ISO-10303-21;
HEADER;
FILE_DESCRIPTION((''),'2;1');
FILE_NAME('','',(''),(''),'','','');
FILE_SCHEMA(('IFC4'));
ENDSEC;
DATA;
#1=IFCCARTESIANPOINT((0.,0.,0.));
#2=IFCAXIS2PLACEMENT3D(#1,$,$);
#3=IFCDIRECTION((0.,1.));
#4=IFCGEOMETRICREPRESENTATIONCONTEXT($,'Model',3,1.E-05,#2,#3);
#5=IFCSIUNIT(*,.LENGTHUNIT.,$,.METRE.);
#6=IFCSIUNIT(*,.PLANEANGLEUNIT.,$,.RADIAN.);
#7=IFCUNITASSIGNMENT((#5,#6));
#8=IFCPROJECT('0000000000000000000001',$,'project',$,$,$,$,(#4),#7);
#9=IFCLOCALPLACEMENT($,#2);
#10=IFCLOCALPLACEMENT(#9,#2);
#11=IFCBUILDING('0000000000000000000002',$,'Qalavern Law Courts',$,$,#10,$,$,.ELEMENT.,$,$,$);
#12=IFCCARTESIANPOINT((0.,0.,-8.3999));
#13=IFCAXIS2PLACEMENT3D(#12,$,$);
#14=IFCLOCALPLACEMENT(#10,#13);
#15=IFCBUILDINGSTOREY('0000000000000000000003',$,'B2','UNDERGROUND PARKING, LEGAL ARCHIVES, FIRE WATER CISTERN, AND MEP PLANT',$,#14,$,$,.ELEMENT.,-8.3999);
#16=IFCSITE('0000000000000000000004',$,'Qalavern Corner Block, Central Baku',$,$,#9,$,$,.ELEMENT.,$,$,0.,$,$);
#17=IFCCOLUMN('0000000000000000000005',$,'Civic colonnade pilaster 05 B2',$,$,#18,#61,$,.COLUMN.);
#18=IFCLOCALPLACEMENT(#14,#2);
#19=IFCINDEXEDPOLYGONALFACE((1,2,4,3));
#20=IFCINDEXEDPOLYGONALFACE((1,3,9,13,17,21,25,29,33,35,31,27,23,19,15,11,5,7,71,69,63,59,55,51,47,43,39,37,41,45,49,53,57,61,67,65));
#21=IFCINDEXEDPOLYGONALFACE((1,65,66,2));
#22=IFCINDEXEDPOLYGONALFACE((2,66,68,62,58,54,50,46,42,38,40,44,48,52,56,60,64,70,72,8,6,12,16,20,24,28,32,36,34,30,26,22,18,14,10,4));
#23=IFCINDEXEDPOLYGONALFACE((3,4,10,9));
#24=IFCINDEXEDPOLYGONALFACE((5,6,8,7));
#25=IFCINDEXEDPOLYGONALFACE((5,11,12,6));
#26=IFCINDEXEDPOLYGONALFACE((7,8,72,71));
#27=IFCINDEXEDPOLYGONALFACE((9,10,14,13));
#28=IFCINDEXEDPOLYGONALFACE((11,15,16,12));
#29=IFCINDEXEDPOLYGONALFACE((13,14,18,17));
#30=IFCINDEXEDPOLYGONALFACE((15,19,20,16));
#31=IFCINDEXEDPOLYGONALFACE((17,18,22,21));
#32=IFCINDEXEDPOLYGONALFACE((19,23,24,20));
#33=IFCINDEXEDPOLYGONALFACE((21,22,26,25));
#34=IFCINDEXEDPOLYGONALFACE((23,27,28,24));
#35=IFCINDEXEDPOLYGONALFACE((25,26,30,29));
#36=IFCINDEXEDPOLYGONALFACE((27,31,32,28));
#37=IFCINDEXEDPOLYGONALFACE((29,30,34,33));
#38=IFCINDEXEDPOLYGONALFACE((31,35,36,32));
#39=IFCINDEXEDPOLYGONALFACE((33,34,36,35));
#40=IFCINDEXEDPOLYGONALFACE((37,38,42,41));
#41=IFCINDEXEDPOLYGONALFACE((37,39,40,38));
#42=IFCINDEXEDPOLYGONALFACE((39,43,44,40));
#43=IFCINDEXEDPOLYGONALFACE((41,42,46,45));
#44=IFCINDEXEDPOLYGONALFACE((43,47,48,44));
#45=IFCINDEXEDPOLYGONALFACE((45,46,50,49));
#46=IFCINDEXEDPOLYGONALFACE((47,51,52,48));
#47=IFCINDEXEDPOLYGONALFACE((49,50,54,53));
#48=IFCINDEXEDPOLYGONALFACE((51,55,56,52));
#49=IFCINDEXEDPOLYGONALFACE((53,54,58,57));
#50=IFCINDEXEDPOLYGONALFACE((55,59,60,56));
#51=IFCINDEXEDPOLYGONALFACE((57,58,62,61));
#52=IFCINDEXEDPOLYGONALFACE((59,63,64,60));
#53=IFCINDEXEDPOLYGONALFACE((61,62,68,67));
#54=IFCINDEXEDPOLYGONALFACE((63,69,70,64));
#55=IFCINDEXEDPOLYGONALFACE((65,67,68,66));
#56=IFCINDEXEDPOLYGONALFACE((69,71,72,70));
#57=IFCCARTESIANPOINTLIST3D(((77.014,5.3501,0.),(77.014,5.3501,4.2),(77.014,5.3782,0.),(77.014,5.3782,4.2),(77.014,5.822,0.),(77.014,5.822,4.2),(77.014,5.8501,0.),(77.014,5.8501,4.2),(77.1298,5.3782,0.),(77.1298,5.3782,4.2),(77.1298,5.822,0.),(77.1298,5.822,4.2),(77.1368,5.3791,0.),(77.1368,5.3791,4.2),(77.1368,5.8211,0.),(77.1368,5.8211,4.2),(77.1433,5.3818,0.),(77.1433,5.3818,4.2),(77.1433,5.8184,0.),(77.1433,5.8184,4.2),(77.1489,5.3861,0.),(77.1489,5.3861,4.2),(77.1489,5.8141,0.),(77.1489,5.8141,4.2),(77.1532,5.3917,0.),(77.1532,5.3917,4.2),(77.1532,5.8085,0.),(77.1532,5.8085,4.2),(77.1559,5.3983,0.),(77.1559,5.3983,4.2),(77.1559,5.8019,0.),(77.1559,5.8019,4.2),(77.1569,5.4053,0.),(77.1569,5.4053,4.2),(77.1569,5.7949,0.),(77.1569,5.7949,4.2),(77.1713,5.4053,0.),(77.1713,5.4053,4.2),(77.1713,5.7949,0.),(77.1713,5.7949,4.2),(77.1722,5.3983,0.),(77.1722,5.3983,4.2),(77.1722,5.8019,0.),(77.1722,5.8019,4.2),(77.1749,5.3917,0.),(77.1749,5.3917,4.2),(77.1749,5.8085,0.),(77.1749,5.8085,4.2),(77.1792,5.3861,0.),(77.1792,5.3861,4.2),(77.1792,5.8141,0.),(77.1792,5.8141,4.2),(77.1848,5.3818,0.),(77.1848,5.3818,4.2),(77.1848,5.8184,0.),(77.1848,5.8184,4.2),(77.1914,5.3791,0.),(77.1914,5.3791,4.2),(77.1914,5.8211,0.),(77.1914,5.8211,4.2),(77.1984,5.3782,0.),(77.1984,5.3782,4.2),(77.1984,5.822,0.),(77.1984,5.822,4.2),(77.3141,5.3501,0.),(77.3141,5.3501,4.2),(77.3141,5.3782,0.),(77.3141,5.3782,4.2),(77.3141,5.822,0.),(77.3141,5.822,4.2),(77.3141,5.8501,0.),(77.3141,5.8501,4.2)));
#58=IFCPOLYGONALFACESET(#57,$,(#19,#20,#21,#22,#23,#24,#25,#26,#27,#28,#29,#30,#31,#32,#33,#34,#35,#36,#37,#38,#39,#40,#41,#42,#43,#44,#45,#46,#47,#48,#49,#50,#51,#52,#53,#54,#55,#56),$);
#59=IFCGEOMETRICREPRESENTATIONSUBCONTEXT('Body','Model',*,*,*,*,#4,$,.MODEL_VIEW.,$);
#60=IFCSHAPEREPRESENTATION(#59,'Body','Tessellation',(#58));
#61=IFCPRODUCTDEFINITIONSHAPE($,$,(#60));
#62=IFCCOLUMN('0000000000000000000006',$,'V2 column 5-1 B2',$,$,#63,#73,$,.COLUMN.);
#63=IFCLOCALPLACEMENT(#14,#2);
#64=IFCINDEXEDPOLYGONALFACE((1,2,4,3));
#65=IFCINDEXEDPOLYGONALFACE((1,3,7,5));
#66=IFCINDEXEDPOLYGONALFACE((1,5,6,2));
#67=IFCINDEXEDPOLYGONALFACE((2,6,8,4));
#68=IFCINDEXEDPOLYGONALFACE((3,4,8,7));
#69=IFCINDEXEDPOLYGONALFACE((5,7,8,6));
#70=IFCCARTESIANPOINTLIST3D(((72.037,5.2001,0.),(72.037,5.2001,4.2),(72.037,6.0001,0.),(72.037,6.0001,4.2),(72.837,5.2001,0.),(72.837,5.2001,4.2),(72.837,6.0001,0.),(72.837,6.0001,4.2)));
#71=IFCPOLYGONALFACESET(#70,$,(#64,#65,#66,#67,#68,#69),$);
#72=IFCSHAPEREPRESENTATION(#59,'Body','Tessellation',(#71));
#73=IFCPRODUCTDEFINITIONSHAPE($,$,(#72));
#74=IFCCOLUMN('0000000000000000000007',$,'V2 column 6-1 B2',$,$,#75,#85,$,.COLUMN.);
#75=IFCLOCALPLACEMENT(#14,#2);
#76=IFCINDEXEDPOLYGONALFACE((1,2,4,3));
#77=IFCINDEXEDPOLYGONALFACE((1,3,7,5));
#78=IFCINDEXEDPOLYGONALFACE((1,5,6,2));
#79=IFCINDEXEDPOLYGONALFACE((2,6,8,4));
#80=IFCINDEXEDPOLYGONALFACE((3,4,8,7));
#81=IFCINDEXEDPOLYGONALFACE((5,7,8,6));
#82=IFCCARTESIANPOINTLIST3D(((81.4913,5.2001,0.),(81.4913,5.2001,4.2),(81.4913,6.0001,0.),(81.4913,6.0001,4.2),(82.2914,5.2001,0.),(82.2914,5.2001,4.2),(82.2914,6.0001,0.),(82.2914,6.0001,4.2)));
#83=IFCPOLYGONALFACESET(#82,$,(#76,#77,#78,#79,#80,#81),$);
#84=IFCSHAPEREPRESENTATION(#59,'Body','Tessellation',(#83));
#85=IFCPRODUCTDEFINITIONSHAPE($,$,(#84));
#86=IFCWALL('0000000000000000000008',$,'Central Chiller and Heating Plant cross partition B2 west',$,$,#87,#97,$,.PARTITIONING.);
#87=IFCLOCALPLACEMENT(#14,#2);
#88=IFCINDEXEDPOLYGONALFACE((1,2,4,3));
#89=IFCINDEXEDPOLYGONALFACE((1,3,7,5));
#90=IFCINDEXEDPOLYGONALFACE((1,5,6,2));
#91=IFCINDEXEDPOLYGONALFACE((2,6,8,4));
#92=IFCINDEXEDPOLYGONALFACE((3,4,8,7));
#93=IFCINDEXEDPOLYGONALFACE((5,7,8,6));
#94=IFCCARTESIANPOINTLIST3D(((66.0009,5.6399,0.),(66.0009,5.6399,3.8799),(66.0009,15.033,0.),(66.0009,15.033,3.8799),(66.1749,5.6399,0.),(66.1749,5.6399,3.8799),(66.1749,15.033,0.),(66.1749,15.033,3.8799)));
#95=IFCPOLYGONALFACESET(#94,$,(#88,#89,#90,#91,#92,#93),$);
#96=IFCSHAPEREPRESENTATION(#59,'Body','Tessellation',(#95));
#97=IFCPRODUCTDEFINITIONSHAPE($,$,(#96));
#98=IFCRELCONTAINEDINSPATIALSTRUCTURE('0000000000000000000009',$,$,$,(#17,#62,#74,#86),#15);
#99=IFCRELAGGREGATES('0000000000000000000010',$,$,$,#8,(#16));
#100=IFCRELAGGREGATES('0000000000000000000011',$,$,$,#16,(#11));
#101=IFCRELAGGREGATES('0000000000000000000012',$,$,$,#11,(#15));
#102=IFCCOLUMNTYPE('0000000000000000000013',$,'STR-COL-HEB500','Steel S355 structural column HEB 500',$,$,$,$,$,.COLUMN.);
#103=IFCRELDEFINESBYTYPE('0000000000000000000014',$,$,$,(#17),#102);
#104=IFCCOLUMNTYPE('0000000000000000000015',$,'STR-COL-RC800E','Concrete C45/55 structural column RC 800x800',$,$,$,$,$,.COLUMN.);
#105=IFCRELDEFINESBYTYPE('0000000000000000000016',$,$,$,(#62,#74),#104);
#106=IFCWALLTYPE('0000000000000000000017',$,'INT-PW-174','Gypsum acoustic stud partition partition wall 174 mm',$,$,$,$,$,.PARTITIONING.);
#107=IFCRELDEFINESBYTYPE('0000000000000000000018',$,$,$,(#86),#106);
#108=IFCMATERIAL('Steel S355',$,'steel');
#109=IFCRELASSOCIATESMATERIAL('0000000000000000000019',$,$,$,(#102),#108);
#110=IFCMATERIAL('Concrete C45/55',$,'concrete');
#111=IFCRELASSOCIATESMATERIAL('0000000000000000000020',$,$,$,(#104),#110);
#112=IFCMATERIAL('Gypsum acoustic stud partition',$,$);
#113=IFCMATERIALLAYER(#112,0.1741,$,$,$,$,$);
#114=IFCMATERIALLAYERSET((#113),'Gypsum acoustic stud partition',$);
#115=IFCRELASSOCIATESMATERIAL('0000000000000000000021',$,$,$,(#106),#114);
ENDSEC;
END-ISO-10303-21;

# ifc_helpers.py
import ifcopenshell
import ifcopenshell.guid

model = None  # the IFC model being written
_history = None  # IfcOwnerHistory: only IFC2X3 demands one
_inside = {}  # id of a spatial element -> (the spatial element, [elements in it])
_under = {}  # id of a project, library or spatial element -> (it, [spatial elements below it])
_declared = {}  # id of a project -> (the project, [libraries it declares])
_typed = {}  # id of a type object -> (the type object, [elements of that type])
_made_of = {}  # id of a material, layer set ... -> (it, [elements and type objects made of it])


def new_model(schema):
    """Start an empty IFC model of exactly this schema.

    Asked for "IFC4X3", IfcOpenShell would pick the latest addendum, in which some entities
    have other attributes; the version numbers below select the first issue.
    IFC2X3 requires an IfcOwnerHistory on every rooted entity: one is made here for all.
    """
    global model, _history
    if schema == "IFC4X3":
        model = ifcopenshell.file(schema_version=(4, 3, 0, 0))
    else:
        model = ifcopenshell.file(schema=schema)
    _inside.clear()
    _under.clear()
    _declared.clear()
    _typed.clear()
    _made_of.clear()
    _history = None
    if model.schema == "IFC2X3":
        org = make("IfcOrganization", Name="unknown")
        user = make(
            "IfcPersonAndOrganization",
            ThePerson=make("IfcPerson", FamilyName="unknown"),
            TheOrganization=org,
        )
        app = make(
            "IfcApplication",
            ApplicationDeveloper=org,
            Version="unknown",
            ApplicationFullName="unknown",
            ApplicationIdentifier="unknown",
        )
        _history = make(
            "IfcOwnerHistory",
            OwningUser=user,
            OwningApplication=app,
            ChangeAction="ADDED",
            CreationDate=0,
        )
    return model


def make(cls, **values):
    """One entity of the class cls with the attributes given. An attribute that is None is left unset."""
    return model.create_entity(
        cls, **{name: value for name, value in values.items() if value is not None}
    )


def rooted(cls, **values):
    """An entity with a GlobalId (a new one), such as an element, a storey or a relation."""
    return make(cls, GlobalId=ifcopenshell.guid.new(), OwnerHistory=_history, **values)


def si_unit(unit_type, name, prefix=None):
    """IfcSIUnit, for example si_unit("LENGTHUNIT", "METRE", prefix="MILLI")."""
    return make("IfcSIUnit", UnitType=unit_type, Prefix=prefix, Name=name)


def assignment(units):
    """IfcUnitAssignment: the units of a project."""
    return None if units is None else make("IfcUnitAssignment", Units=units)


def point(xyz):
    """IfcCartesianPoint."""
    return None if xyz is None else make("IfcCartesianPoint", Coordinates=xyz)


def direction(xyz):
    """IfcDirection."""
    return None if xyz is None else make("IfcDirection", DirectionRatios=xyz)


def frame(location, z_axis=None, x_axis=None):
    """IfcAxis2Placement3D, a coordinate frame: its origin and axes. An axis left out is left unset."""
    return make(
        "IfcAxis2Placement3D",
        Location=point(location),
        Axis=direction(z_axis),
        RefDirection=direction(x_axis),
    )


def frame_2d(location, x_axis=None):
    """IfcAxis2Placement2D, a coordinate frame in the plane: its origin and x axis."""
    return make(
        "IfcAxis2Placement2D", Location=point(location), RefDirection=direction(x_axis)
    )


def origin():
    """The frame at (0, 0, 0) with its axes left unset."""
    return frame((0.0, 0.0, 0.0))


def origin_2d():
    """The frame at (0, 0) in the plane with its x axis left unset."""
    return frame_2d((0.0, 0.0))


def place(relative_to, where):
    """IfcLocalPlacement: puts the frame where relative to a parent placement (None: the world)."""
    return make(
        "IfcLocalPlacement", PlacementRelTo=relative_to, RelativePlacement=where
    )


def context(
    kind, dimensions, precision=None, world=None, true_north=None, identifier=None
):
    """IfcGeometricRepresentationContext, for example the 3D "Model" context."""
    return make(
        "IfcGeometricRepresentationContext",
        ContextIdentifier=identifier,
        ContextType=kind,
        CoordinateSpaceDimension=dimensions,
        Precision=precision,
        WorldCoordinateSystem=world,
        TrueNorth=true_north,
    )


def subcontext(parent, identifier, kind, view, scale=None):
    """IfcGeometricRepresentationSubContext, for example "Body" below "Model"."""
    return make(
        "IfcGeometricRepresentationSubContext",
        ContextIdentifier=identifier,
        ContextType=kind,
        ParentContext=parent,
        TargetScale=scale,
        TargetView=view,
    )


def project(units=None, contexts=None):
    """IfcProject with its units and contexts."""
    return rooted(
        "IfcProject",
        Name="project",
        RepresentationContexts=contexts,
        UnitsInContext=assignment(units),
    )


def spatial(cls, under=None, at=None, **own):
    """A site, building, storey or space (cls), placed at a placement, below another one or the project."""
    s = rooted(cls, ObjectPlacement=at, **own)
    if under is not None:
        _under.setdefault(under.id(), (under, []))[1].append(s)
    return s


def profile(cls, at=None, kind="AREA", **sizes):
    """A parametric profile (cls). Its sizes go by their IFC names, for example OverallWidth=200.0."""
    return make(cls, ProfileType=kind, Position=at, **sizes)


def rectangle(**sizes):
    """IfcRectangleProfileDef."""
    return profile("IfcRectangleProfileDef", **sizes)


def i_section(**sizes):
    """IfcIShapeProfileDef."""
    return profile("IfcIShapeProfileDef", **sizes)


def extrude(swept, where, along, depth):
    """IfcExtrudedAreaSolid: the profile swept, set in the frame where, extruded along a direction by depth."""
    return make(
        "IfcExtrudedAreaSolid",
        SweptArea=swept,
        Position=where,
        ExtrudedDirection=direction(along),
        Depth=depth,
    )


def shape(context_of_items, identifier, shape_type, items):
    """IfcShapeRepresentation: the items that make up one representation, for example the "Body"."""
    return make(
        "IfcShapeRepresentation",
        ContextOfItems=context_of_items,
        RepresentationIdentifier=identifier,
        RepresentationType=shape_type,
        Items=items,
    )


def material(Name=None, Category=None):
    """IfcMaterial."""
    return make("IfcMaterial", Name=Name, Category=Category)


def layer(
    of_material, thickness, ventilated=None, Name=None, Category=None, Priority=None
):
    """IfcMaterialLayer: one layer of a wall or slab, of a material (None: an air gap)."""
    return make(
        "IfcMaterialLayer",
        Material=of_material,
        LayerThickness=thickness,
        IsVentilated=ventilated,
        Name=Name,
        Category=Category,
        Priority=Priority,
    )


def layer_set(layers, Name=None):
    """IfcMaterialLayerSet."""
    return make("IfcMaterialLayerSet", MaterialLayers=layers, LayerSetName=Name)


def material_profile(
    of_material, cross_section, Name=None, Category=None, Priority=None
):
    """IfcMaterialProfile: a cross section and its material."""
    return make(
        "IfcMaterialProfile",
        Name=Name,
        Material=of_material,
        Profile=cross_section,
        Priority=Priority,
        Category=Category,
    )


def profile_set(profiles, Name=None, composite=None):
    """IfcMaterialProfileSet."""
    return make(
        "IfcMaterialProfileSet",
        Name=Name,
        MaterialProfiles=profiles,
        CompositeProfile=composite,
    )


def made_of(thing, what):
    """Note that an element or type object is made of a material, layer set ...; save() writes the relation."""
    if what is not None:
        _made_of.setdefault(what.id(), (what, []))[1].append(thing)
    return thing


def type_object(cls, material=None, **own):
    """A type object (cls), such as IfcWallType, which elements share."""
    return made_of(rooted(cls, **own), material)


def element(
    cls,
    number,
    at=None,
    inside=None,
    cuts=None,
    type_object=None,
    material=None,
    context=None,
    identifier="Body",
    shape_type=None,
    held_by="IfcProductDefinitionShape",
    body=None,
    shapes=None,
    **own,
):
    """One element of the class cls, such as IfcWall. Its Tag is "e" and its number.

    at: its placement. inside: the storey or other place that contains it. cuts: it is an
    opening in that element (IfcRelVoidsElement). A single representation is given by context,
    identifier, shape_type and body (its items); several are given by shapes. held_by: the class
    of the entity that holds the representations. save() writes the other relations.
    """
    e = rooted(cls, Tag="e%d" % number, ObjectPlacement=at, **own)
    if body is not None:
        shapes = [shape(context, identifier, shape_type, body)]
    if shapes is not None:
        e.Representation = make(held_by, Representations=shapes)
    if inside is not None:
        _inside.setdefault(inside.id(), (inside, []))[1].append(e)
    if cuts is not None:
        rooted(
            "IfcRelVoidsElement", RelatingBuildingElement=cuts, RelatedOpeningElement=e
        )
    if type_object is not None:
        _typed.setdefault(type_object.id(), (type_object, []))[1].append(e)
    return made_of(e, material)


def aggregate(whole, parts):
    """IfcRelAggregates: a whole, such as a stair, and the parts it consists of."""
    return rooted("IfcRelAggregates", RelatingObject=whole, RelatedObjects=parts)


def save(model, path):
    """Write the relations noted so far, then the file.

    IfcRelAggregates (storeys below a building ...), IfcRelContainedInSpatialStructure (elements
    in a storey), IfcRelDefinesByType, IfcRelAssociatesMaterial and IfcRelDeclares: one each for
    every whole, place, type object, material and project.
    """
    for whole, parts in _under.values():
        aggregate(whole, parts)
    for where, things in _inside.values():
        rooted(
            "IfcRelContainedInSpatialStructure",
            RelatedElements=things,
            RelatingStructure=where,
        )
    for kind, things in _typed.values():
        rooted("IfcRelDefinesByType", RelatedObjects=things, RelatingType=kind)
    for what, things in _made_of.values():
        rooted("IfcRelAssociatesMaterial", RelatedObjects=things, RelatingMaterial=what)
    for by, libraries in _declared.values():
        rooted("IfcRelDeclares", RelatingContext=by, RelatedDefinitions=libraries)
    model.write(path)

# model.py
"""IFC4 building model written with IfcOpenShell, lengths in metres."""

from ifc_helpers import new_model, si_unit, direction, frame, frame_2d, origin, origin_2d, place, context, subcontext, project, spatial, rectangle, i_section, extrude, material, layer, layer_set, material_profile, profile_set, type_object, element, save


model = new_model("IFC4")

# Units and contexts
model_context = context("Model", 3, precision=1e-05, world=origin(), true_north=direction((0.0, 1.0)))
body_context = subcontext(model_context, "Body", "Model", "MODEL_VIEW")
ifc_project = project(units=[si_unit("LENGTHUNIT", "METRE"), si_unit("PLANEANGLEUNIT", "RADIAN")], contexts=[model_context])

# Site, building, storey
site_placement = place(None, origin())
site = spatial("IfcSite", under=ifc_project, at=site_placement, Name="Qalavern Corner Block, Central Baku", CompositionType="ELEMENT", RefElevation=0.0)
building_placement = place(site_placement, origin())
building = spatial("IfcBuilding", under=site, at=building_placement, Name="Qalavern Law Courts", CompositionType="ELEMENT")
storey_placement = place(building_placement, frame((0.0, 0.0, -8.3999)))
storey = spatial("IfcBuildingStorey", under=building, at=storey_placement, Name="B2", Description="UNDERGROUND PARKING, LEGAL ARCHIVES, FIRE WATER CISTERN, AND MEP PLANT", CompositionType="ELEMENT", Elevation=-8.3999)

# Columns
ifc_material_1 = material(Name="Steel S355", Category="steel")
ifc_material_profile_1 = material_profile(ifc_material_1, i_section(OverallWidth=0.3, OverallDepth=0.5, WebThickness=0.0144, FlangeThickness=0.0281, FilletRadius=0.0271, at=origin_2d()), Name="HEB 500")
ifc_profile_set_1 = profile_set([ifc_material_profile_1], Name="Steel S355")
column_type_1 = type_object("IfcColumnType", Name="STR-COL-HEB500", Description="Steel S355 structural column HEB 500", PredefinedType="COLUMN", material=ifc_profile_set_1)
for number, where, z_axis, x_axis, name in (
    (1, (77.1641, 5.6001, 0.0), (0.0, 0.0, 1.0), (1.0, 0.0, 0.0), "Civic colonnade pilaster 05 B2"),
):
    element("IfcColumn", number, at=place(storey_placement, frame(where, z_axis=z_axis, x_axis=x_axis)), inside=storey, type_object=column_type_1, Name=name, PredefinedType="COLUMN", context=body_context, shape_type="SweptSolid", body=[
        extrude(i_section(OverallWidth=0.3, OverallDepth=0.5, WebThickness=0.0144, FlangeThickness=0.0281, FilletRadius=0.0271, at=origin_2d()), origin(), (0.0, 0.0, 1.0), 4.2),
    ])
ifc_material_2 = material(Name="Concrete C45/55", Category="concrete")
ifc_material_profile_2 = material_profile(ifc_material_2, rectangle(XDim=0.8, YDim=0.8, at=origin_2d()), Name="RC 800x800")
ifc_profile_set_2 = profile_set([ifc_material_profile_2], Name="Concrete C45/55")
column_type_2 = type_object("IfcColumnType", Name="STR-COL-RC800E", Description="Concrete C45/55 structural column RC 800x800", PredefinedType="COLUMN", material=ifc_profile_set_2)
for number, where, z_axis, x_axis, name in (
    (2, (72.437, 5.6001, 0.0), (0.0, 0.0, 1.0), (1.0, 0.0, 0.0), "V2 column 5-1 B2"),
    (3, (81.8914, 5.6001, 0.0), (0.0, 0.0, 1.0), (1.0, 0.0, 0.0), "V2 column 6-1 B2"),
):
    element("IfcColumn", number, at=place(storey_placement, frame(where, z_axis=z_axis, x_axis=x_axis)), inside=storey, type_object=column_type_2, Name=name, PredefinedType="COLUMN", context=body_context, shape_type="SweptSolid", body=[
        extrude(rectangle(XDim=0.8, YDim=0.8, at=origin_2d()), origin(), (0.0, 0.0, 1.0), 4.2),
    ])

# Wall
ifc_material_3 = material(Name="Gypsum acoustic stud partition")
ifc_layer = layer(ifc_material_3, 0.1741)
ifc_layer_set = layer_set([ifc_layer], Name="Gypsum acoustic stud partition")
wall_type = type_object("IfcWallType", Name="INT-PW-174", Description="Gypsum acoustic stud partition partition wall 174 mm", PredefinedType="PARTITIONING", material=ifc_layer_set)
wall_placement = place(storey_placement, frame((66.0879, 5.6399, 0.0), z_axis=(0.0, 0.0, 1.0), x_axis=(0.0, 1.0, 0.0)))
element("IfcWall", 4, at=wall_placement, inside=storey, type_object=wall_type, Name="Central Chiller and Heating Plant cross partition B2 west", PredefinedType="PARTITIONING", context=body_context, shape_type="SweptSolid", body=[
    extrude(rectangle(XDim=9.3931, YDim=0.1741, at=frame_2d((4.6965, 0.0))), origin(), (0.0, 0.0, 1.0), 3.8799),
])

save(model, "model.ifc")
